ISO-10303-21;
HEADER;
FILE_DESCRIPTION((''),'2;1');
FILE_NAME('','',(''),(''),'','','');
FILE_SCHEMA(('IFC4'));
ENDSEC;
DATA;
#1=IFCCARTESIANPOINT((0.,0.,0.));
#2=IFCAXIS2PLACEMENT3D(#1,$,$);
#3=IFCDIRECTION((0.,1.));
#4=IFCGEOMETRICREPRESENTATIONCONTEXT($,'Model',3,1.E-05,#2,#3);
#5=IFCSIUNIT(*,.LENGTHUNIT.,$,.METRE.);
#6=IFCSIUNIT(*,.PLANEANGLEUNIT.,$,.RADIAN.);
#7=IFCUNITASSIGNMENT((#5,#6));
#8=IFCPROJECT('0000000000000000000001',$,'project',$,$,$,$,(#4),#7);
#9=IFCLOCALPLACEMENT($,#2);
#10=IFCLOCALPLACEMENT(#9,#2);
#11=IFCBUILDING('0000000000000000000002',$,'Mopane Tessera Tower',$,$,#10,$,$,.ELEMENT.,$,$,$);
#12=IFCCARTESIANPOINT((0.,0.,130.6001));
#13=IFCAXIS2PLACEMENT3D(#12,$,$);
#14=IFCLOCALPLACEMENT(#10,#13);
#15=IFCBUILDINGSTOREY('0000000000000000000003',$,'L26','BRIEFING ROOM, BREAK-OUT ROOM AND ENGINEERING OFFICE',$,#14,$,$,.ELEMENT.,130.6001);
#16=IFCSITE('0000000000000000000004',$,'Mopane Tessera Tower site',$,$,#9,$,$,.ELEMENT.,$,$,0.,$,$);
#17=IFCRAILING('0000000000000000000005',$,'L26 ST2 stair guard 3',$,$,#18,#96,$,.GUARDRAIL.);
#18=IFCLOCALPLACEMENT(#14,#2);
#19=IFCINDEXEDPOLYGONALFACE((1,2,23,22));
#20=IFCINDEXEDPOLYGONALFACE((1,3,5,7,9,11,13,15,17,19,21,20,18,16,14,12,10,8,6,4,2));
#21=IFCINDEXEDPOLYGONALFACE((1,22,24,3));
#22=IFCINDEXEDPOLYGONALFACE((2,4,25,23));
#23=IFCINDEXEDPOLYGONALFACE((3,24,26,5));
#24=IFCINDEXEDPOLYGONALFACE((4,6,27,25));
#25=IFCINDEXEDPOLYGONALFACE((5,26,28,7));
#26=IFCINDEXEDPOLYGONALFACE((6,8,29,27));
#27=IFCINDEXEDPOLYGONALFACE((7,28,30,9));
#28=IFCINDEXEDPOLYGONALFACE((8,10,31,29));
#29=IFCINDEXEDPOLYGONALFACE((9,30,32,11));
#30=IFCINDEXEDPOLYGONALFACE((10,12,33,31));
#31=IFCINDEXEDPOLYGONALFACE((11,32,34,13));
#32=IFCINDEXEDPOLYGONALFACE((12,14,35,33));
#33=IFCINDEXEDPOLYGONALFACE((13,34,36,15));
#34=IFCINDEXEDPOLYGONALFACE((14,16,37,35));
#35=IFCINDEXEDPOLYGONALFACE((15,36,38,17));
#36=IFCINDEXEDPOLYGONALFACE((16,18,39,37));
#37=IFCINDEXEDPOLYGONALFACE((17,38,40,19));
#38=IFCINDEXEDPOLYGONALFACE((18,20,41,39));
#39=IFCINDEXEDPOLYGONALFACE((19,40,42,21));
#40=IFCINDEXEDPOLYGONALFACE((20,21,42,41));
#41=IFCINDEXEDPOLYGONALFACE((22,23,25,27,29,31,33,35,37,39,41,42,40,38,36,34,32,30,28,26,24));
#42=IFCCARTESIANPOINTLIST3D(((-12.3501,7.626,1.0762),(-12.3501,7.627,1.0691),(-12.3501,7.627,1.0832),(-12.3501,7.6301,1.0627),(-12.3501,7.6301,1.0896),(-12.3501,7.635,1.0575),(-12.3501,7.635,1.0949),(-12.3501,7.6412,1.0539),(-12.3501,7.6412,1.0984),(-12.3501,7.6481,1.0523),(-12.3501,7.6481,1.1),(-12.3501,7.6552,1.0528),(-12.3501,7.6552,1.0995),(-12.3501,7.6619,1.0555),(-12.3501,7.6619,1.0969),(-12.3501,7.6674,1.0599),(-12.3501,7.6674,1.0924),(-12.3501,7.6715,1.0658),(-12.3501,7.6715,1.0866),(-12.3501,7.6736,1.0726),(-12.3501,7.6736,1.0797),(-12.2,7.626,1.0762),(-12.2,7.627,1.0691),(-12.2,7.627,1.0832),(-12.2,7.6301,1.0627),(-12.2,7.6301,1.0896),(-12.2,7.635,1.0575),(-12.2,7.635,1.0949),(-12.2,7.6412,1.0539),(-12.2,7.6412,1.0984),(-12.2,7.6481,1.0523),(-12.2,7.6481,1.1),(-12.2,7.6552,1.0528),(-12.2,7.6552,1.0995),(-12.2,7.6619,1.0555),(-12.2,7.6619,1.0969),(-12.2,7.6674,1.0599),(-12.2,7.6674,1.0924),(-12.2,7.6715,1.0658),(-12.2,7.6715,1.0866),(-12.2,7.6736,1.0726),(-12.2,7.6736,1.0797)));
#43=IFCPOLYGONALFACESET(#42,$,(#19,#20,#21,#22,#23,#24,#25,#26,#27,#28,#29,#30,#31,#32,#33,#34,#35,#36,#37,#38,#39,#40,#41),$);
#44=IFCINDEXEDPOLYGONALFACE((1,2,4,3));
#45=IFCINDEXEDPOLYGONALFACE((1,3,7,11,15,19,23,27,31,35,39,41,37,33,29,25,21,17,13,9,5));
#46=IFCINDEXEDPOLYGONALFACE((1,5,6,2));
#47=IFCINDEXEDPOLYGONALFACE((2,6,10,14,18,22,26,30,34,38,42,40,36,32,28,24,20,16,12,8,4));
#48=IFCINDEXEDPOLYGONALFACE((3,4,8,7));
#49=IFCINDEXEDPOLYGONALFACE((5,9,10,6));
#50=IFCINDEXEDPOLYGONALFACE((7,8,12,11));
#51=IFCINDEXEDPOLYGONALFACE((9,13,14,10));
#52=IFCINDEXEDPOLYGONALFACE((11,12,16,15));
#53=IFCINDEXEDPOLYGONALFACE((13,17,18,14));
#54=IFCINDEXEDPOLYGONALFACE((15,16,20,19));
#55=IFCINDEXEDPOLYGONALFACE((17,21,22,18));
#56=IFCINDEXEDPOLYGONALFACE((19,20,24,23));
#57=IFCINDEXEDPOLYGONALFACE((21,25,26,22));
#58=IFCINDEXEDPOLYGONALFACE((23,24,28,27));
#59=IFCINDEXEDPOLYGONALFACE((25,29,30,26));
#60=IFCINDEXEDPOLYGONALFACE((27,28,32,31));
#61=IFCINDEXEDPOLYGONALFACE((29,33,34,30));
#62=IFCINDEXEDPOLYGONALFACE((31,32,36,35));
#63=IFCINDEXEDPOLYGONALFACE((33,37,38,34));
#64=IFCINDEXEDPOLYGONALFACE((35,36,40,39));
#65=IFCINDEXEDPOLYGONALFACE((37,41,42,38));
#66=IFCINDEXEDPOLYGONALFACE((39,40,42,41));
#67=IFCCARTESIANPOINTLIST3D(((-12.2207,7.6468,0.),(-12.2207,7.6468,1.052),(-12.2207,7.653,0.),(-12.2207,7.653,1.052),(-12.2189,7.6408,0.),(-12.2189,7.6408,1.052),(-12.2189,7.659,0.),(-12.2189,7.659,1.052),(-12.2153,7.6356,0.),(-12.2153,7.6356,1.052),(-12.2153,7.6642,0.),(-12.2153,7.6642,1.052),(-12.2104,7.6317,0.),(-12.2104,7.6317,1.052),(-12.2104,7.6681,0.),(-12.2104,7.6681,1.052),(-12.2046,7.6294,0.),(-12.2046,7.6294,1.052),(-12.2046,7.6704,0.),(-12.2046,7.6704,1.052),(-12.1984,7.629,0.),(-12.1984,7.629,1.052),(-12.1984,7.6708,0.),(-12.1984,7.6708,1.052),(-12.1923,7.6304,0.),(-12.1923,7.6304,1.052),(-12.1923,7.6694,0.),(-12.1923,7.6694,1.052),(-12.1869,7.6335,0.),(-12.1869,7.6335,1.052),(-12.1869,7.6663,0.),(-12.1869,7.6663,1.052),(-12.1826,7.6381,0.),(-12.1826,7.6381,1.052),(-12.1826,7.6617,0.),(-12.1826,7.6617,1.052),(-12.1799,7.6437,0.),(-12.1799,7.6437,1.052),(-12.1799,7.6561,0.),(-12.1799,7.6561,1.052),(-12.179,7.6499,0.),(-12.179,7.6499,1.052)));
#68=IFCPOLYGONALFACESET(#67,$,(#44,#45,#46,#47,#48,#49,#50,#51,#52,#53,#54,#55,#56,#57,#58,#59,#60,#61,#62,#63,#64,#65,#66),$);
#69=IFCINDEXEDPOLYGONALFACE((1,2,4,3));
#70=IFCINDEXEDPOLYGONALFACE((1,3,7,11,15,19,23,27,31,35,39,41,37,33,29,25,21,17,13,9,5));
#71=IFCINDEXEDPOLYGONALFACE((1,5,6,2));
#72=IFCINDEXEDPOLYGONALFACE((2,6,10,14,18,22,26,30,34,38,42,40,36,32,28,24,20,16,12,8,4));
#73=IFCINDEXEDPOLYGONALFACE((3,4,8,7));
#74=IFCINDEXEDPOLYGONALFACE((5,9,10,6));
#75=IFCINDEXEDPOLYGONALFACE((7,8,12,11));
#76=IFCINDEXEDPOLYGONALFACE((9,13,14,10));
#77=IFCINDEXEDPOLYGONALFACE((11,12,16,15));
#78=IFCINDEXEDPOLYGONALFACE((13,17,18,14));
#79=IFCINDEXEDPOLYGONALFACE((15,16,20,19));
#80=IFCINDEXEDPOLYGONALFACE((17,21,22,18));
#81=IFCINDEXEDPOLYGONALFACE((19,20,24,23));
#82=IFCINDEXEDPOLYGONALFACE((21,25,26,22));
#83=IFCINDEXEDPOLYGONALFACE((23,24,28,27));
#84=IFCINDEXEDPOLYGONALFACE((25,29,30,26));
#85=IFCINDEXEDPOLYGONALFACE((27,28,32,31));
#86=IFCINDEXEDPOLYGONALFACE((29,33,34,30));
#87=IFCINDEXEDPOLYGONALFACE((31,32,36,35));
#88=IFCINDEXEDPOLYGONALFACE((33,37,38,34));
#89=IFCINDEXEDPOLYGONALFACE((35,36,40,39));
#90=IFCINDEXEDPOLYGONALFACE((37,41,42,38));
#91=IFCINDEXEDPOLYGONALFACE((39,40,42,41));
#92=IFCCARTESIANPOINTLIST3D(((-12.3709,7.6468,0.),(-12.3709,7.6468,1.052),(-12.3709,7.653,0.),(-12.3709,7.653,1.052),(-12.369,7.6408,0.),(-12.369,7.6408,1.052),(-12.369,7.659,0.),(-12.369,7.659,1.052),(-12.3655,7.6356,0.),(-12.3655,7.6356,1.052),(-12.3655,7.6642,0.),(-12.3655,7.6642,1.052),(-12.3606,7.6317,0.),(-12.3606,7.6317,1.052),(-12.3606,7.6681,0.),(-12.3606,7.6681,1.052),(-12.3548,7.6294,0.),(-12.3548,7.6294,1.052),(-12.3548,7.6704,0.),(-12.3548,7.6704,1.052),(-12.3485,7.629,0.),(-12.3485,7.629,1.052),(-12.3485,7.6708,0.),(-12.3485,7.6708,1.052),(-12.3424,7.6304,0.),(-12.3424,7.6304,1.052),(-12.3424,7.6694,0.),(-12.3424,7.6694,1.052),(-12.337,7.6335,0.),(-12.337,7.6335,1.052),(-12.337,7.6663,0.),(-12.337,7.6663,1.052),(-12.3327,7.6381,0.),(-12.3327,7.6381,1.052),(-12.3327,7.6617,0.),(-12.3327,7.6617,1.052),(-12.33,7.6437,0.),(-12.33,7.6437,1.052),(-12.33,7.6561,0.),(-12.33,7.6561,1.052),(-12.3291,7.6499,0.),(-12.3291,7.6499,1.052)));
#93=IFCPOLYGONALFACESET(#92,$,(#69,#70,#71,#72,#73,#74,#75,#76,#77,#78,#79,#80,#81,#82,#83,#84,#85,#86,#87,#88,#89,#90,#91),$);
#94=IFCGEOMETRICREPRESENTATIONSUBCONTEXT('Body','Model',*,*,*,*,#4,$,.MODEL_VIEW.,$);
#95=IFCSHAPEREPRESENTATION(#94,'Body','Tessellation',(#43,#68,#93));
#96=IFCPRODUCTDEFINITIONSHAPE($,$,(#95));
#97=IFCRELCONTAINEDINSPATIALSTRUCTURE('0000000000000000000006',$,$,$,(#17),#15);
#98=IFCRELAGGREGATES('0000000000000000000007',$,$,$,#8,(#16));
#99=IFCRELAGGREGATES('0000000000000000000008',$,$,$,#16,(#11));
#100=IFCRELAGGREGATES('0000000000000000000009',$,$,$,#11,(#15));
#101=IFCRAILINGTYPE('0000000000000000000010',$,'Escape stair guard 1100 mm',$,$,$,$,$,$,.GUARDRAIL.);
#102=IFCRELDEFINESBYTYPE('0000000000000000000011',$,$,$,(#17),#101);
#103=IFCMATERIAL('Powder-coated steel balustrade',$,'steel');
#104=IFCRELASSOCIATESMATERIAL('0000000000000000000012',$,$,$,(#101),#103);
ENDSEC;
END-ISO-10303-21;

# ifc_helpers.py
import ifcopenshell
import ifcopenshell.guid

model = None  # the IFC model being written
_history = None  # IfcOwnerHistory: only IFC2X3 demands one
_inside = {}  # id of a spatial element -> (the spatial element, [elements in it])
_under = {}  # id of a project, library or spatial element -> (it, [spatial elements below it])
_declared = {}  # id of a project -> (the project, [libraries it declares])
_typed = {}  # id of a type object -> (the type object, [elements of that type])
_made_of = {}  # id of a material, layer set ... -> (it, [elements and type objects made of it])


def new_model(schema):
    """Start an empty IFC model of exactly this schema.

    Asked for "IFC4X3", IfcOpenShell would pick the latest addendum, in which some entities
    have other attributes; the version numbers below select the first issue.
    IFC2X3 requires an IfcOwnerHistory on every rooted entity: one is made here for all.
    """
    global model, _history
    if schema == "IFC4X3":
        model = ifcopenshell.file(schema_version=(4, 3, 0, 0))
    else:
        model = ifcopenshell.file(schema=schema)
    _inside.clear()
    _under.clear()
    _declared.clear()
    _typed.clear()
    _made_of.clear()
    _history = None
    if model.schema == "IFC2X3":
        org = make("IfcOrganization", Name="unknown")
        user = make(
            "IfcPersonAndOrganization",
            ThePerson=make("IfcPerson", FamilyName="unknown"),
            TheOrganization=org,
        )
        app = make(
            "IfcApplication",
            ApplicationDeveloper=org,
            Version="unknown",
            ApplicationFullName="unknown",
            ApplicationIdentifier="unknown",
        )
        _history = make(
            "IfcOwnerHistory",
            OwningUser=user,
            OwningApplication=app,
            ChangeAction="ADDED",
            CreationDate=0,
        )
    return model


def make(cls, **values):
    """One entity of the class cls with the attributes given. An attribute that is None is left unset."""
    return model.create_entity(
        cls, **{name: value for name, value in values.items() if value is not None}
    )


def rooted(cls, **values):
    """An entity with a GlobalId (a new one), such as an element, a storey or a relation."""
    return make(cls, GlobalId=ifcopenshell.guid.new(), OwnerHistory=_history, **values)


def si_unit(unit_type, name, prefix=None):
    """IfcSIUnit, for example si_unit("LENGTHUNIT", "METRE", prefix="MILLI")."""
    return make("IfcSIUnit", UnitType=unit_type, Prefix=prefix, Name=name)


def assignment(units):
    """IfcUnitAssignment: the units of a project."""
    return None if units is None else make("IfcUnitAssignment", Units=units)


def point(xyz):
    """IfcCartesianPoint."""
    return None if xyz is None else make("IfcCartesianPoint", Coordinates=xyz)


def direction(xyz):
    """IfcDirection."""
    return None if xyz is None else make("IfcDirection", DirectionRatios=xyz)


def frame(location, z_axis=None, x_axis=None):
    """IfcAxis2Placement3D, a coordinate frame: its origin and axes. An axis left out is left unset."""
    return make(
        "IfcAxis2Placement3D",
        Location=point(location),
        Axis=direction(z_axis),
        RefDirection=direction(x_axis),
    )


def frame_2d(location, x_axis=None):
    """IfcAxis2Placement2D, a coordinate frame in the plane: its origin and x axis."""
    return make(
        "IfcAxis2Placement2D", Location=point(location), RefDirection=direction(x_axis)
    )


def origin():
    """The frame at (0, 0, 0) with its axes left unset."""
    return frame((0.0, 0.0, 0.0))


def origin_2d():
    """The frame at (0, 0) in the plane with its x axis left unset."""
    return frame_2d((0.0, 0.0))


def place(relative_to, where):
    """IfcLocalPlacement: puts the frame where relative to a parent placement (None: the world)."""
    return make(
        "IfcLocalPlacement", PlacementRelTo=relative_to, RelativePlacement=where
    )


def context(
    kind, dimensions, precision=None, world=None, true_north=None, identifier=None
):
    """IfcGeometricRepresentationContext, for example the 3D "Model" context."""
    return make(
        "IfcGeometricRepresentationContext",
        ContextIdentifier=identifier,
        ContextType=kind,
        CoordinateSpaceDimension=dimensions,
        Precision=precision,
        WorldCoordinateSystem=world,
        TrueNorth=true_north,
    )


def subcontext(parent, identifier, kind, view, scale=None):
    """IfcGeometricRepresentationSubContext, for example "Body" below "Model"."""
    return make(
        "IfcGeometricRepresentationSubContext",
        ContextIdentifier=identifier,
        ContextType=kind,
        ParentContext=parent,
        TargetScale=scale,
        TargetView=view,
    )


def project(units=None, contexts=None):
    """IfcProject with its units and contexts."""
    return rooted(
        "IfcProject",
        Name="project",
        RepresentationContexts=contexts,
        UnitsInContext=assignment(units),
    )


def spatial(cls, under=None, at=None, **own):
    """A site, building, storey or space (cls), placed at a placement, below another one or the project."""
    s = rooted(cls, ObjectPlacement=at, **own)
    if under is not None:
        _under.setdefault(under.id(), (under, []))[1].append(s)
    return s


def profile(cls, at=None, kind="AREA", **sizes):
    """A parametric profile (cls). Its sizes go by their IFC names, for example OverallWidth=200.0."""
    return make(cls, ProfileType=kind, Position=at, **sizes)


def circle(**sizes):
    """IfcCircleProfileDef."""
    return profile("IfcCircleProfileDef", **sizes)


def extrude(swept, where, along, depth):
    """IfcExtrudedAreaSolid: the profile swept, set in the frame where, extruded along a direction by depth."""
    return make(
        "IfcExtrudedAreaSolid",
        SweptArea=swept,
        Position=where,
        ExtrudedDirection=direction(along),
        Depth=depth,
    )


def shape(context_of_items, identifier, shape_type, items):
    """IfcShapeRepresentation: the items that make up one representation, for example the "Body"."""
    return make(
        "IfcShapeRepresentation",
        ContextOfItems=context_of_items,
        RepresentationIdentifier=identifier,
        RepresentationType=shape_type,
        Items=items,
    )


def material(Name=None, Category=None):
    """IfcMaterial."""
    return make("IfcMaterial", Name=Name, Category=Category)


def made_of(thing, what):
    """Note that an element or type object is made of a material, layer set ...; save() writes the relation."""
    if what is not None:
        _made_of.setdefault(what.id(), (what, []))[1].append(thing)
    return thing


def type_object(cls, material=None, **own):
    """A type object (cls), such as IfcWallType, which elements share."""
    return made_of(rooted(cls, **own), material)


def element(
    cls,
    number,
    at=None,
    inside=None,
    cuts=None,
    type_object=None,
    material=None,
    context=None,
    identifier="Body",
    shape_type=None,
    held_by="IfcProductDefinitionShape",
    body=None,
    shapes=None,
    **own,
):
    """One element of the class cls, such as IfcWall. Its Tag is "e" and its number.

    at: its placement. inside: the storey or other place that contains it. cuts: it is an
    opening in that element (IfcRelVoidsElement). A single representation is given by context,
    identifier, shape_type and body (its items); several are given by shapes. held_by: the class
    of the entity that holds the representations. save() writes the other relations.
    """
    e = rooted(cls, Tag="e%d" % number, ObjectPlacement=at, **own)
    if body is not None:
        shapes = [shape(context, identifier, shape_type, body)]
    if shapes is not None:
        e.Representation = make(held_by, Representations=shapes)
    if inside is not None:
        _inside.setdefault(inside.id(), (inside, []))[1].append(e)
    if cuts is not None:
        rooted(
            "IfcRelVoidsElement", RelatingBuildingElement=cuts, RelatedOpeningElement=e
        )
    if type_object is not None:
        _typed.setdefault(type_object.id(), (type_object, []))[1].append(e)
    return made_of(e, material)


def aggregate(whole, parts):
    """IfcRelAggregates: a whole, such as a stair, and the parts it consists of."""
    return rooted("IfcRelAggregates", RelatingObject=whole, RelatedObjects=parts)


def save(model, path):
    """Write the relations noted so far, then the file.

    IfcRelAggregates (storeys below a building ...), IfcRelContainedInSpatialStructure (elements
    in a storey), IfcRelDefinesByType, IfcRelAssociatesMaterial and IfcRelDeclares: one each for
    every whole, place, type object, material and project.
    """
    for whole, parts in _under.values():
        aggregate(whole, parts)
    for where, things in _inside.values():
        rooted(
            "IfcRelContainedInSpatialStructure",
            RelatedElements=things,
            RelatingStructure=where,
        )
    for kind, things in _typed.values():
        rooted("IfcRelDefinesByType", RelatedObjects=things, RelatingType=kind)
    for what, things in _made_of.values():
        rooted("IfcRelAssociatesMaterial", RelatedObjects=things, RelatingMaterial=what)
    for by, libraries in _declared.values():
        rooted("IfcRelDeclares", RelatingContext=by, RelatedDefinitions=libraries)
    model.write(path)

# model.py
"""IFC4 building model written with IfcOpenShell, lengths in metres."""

from ifc_helpers import new_model, si_unit, direction, frame, origin, origin_2d, place, context, subcontext, project, spatial, circle, extrude, material, type_object, element, save


model = new_model("IFC4")

# Units and contexts
model_context = context("Model", 3, precision=1e-05, world=origin(), true_north=direction((0.0, 1.0)))
body_context = subcontext(model_context, "Body", "Model", "MODEL_VIEW")
ifc_project = project(units=[si_unit("LENGTHUNIT", "METRE"), si_unit("PLANEANGLEUNIT", "RADIAN")], contexts=[model_context])

# Site, building, storey
site_placement = place(None, origin())
site = spatial("IfcSite", under=ifc_project, at=site_placement, Name="Mopane Tessera Tower site", CompositionType="ELEMENT", RefElevation=0.0)
building_placement = place(site_placement, origin())
building = spatial("IfcBuilding", under=site, at=building_placement, Name="Mopane Tessera Tower", CompositionType="ELEMENT")
storey_placement = place(building_placement, frame((0.0, 0.0, 130.6001)))
storey = spatial("IfcBuildingStorey", under=building, at=storey_placement, Name="L26", Description="BRIEFING ROOM, BREAK-OUT ROOM AND ENGINEERING OFFICE", CompositionType="ELEMENT", Elevation=130.6001)

# Railing
ifc_material_1 = material(Name="Powder-coated steel balustrade", Category="steel")
railing_type_1 = type_object("IfcRailingType", Name="Escape stair guard 1100 mm", PredefinedType="GUARDRAIL", material=ifc_material_1)
railing_1_placement = place(storey_placement, frame((-12.2, 7.6499, 0.0)))
element("IfcRailing", 1, at=railing_1_placement, inside=storey, type_object=railing_type_1, Name="L26 ST2 stair guard 3", PredefinedType="GUARDRAIL", context=body_context, shape_type="SweptSolid", body=[
    extrude(circle(Radius=0.0239, at=origin_2d()), frame((0.0, 0.0, 1.0762), z_axis=(-1.0, 0.0, 0.0), x_axis=(0.0, -1.0, 0.0)), (0.0, 0.0, 1.0), 0.1501),
    extrude(circle(Radius=0.021, at=origin_2d()), origin(), (0.0, 0.0, 1.0), 1.052),
    extrude(circle(Radius=0.021, at=origin_2d()), frame((-0.1501, 0.0, 0.0)), (0.0, 0.0, 1.0), 1.052),
])

save(model, "model.ifc")
